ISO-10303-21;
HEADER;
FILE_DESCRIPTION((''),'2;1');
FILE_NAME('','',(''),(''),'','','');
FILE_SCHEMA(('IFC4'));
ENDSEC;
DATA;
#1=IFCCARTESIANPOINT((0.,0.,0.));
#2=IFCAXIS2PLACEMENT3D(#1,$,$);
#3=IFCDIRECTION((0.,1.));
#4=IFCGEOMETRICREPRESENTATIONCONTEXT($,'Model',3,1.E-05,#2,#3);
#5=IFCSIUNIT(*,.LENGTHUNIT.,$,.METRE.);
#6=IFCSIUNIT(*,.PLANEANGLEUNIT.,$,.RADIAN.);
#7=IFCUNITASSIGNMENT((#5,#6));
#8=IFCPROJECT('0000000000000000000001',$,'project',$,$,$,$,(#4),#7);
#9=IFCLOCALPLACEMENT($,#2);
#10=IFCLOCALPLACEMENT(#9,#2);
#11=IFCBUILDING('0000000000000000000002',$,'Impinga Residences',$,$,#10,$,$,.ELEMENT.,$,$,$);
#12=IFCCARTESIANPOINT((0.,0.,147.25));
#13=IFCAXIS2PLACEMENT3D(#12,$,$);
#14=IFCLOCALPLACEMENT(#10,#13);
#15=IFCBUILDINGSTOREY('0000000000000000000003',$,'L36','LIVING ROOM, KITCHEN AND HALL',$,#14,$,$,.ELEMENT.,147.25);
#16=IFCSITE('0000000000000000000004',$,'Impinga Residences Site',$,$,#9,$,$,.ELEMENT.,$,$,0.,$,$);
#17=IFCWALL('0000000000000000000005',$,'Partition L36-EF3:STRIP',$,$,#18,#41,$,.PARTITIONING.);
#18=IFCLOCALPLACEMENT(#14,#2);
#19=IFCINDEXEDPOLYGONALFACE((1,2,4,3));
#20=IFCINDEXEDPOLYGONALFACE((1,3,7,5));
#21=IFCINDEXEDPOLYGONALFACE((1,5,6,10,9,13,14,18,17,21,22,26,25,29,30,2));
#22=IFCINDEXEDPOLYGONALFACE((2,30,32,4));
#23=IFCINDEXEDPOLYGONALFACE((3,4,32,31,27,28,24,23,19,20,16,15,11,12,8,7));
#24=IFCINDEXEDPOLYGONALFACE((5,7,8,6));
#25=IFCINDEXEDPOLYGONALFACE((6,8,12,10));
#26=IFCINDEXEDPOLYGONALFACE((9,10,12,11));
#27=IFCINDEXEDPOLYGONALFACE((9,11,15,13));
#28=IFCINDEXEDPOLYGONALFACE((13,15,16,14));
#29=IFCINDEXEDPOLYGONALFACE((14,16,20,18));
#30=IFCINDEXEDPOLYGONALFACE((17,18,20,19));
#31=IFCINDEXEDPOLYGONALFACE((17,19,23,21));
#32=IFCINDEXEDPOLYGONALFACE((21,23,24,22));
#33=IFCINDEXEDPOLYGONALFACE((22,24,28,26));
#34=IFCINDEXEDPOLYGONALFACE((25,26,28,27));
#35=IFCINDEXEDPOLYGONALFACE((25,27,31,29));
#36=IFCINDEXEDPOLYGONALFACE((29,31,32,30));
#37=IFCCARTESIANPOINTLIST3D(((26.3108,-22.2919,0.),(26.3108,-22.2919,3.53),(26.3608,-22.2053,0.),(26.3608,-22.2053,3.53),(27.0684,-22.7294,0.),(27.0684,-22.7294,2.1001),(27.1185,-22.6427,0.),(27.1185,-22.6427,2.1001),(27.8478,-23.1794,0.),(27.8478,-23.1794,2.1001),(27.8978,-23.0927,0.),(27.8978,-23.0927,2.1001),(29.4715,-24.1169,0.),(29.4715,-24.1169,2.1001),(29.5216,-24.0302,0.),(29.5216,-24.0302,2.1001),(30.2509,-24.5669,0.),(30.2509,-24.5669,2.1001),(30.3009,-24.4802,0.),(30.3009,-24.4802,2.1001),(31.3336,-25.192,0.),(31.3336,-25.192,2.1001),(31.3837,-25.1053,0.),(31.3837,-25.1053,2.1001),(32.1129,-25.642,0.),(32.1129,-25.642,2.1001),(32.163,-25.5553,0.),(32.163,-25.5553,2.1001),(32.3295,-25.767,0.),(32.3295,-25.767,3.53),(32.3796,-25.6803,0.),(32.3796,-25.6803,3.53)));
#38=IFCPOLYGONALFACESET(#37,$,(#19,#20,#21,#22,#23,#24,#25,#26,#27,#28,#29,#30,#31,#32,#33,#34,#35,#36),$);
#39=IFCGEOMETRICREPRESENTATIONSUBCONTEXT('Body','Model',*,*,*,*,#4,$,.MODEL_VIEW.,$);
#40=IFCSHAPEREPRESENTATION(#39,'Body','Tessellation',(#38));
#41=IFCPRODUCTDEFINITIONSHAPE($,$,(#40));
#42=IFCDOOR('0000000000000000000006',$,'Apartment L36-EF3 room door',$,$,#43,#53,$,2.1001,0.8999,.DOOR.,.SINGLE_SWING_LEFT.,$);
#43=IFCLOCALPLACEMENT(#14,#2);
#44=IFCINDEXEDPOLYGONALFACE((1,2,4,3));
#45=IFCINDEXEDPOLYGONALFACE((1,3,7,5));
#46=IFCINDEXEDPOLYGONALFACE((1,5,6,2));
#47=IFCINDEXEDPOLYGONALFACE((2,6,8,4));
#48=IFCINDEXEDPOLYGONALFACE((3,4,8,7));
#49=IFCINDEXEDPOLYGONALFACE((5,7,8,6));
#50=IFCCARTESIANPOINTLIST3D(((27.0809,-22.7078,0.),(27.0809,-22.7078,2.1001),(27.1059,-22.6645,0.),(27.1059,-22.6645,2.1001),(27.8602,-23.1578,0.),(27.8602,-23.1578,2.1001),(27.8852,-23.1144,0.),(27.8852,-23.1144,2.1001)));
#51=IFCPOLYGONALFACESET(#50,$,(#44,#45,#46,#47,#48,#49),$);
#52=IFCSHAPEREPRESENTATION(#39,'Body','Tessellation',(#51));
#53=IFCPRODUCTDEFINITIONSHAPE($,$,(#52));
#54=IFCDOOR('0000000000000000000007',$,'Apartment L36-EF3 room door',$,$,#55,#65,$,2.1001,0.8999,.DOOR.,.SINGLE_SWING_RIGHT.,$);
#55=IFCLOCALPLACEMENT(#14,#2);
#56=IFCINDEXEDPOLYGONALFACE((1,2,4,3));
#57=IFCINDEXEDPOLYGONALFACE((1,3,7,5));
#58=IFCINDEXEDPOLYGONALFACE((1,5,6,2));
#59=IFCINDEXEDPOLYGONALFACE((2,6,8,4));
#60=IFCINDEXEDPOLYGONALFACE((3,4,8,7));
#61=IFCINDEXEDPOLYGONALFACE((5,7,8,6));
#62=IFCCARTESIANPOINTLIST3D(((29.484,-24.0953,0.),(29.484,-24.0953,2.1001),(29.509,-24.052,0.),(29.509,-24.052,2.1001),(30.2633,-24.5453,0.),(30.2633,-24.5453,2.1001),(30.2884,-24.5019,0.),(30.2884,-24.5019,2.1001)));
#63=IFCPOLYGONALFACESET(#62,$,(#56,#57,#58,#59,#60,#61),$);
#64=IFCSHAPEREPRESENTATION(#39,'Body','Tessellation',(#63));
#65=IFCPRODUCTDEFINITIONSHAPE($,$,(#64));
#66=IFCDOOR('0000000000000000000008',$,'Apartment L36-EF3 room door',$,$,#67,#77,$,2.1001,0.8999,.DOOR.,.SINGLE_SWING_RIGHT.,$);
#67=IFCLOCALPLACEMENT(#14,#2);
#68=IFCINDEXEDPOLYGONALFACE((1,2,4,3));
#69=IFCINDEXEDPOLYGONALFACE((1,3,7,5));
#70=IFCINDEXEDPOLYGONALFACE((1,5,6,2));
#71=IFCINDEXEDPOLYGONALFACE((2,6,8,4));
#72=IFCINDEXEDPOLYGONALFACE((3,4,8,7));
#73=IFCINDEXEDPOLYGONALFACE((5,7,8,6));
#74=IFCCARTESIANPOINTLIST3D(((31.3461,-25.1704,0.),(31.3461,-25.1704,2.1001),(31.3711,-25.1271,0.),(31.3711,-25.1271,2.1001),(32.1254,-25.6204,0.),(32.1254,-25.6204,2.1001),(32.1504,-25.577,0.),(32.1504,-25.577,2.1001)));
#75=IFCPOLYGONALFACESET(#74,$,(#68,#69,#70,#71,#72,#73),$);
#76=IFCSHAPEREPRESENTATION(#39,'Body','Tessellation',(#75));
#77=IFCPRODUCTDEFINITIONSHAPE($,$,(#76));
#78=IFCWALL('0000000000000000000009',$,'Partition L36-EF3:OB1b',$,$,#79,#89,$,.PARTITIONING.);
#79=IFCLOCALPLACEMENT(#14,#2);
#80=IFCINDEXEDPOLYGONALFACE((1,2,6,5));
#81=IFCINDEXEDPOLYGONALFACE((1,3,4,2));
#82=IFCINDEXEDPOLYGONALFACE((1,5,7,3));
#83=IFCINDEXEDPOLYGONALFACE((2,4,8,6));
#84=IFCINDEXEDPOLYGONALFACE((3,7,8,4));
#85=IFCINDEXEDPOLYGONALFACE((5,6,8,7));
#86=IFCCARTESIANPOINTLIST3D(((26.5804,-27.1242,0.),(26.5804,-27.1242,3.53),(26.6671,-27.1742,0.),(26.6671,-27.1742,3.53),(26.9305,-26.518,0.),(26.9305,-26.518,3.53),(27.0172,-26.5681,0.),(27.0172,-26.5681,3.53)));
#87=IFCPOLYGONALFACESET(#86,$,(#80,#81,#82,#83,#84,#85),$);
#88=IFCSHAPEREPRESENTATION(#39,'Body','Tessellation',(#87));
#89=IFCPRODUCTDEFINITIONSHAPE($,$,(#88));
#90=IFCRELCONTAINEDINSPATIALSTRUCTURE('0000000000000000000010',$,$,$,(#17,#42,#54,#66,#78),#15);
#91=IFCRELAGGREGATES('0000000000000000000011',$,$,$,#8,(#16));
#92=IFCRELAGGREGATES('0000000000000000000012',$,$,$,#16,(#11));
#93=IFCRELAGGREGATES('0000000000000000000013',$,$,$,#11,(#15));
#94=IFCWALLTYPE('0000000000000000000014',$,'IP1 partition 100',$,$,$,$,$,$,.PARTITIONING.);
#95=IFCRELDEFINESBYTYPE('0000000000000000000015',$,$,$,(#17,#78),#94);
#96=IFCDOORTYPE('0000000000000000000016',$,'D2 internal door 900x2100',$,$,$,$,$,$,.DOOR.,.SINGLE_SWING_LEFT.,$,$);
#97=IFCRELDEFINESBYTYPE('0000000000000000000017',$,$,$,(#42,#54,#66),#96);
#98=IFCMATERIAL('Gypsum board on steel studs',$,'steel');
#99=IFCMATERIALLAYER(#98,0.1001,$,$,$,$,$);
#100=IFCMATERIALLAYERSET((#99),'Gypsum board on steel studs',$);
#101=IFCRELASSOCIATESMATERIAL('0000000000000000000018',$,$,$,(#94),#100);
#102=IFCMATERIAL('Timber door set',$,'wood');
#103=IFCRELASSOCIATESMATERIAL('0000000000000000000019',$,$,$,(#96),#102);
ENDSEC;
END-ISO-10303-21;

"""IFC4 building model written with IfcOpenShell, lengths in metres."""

from ifc_helpers import new_model, si_unit, direction, frame, frame_2d, origin, place, context, subcontext, project, spatial, rectangle, extrude, material, layer, layer_set, type_object, element, fill, save


model = new_model("IFC4")

# Units and contexts
model_context = context("Model", 3, precision=1e-05, world=origin(), true_north=direction((0.0, 1.0)))
body_context = subcontext(model_context, "Body", "Model", "MODEL_VIEW")
ifc_project = project(units=[si_unit("LENGTHUNIT", "METRE"), si_unit("PLANEANGLEUNIT", "RADIAN")], contexts=[model_context])

# Site, building, storey
site_placement = place(None, origin())
site = spatial("IfcSite", under=ifc_project, at=site_placement, Name="Impinga Residences Site", CompositionType="ELEMENT", RefElevation=0.0)
building_placement = place(site_placement, origin())
building = spatial("IfcBuilding", under=site, at=building_placement, Name="Impinga Residences", CompositionType="ELEMENT")
storey_placement = place(building_placement, frame((0.0, 0.0, 147.25)))
storey = spatial("IfcBuildingStorey", under=building, at=storey_placement, Name="L36", Description="LIVING ROOM, KITCHEN AND HALL", CompositionType="ELEMENT", Elevation=147.25)

# Shared definitions
ifc_material_1 = material(Name="Gypsum board on steel studs", Category="steel")
ifc_layer = layer(ifc_material_1, 0.1001)
ifc_layer_set = layer_set([ifc_layer], Name="Gypsum board on steel studs")
wall_type = type_object("IfcWallType", Name="IP1 partition 100", PredefinedType="PARTITIONING", material=ifc_layer_set)

# Shared definitions
ifc_material_2 = material(Name="Timber door set", Category="wood")
door_type = type_object("IfcDoorType", Name="D2 internal door 900x2100", OperationType="SINGLE_SWING_LEFT", PredefinedType="DOOR", material=ifc_material_2)

# Wall, openings, doors
wall_1_placement = place(storey_placement, frame((26.3357, -22.2485, 0.0), z_axis=(0.0, 0.0, 1.0), x_axis=(0.866017, -0.500015, 0.0)))
wall_1 = element("IfcWall", 1, at=wall_1_placement, inside=storey, type_object=wall_type, Name="Partition L36-EF3:STRIP", PredefinedType="PARTITIONING", context=body_context, shape_type="SweptSolid", body=[
    extrude(rectangle(XDim=6.95, YDim=0.1001, at=frame_2d((3.4751, 0.0))), origin(), (0.0, 0.0, 1.0), 3.53),
])
opening_1_placement = place(wall_1_placement, frame((0.875, 0.0, 0.0)))
opening_1 = element("IfcOpeningElement", 2, at=opening_1_placement, cuts=wall_1, PredefinedType="OPENING", context=body_context, shape_type="SweptSolid", body=[
    extrude(rectangle(XDim=0.8999, YDim=2.1001, at=frame_2d((0.45, 1.05))), frame((0.0, 0.0601, 0.0), z_axis=(0.0, -1.0, 0.0), x_axis=(1.0, 0.0, 0.0)), (0.0, 0.0, 1.0), 0.1201),
])
opening_2_placement = place(wall_1_placement, frame((3.6499, 0.0, 0.0)))
opening_2 = element("IfcOpeningElement", 3, at=opening_2_placement, cuts=wall_1, PredefinedType="OPENING", context=body_context, shape_type="SweptSolid", body=[
    extrude(rectangle(XDim=0.8999, YDim=2.1001, at=frame_2d((0.45, 1.05))), frame((0.0, 0.0601, 0.0), z_axis=(0.0, -1.0, 0.0), x_axis=(1.0, 0.0, 0.0)), (0.0, 0.0, 1.0), 0.1201),
])
opening_3_placement = place(wall_1_placement, frame((5.8, 0.0, 0.0)))
opening_3 = element("IfcOpeningElement", 4, at=opening_3_placement, cuts=wall_1, PredefinedType="OPENING", context=body_context, shape_type="SweptSolid", body=[
    extrude(rectangle(XDim=0.8999, YDim=2.1001, at=frame_2d((0.45, 1.05))), frame((0.0, 0.0601, 0.0), z_axis=(0.0, -1.0, 0.0), x_axis=(1.0, 0.0, 0.0)), (0.0, 0.0, 1.0), 0.1201),
])
door_1_placement = place(opening_1_placement, origin())
door_1 = element("IfcDoor", 5, at=door_1_placement, inside=storey, type_object=door_type, Name="Apartment L36-EF3 room door", OperationType="SINGLE_SWING_LEFT", OverallHeight=2.1001, OverallWidth=0.8999, PredefinedType="DOOR", context=body_context, shape_type="SweptSolid", body=[
    extrude(rectangle(XDim=0.8999, YDim=2.1001, at=frame_2d((0.45, 1.05))), frame((0.0, 0.0249, 0.0), z_axis=(0.0, -1.0, 0.0), x_axis=(1.0, 0.0, 0.0)), (0.0, 0.0, 1.0), 0.05),
])
fill(opening_1, door_1)
door_2_placement = place(opening_2_placement, origin())
door_2 = element("IfcDoor", 6, at=door_2_placement, inside=storey, type_object=door_type, Name="Apartment L36-EF3 room door", OperationType="SINGLE_SWING_RIGHT", OverallHeight=2.1001, OverallWidth=0.8999, PredefinedType="DOOR", context=body_context, shape_type="SweptSolid", body=[
    extrude(rectangle(XDim=0.8999, YDim=2.1001, at=frame_2d((0.45, 1.05))), frame((0.0, 0.0249, 0.0), z_axis=(0.0, -1.0, 0.0), x_axis=(1.0, 0.0, 0.0)), (0.0, 0.0, 1.0), 0.05),
])
fill(opening_2, door_2)
door_3_placement = place(opening_3_placement, origin())
door_3 = element("IfcDoor", 7, at=door_3_placement, inside=storey, type_object=door_type, Name="Apartment L36-EF3 room door", OperationType="SINGLE_SWING_RIGHT", OverallHeight=2.1001, OverallWidth=0.8999, PredefinedType="DOOR", context=body_context, shape_type="SweptSolid", body=[
    extrude(rectangle(XDim=0.8999, YDim=2.1001, at=frame_2d((0.45, 1.05))), frame((0.0, 0.0249, 0.0), z_axis=(0.0, -1.0, 0.0), x_axis=(1.0, 0.0, 0.0)), (0.0, 0.0, 1.0), 0.05),
])
fill(opening_3, door_3)

# Wall
wall_2_placement = place(storey_placement, frame((26.9739, -26.543, 0.0), z_axis=(0.0, 0.0, 1.0), x_axis=(-0.500115, -0.865959, 0.0)))
element("IfcWall", 8, at=wall_2_placement, inside=storey, type_object=wall_type, Name="Partition L36-EF3:OB1b", PredefinedType="PARTITIONING", context=body_context, shape_type="SweptSolid", body=[
    extrude(rectangle(XDim=0.7, YDim=0.1001, at=frame_2d((0.3501, 0.0))), origin(), (0.0, 0.0, 1.0), 3.53),
])

save(model, "model.ifc")
